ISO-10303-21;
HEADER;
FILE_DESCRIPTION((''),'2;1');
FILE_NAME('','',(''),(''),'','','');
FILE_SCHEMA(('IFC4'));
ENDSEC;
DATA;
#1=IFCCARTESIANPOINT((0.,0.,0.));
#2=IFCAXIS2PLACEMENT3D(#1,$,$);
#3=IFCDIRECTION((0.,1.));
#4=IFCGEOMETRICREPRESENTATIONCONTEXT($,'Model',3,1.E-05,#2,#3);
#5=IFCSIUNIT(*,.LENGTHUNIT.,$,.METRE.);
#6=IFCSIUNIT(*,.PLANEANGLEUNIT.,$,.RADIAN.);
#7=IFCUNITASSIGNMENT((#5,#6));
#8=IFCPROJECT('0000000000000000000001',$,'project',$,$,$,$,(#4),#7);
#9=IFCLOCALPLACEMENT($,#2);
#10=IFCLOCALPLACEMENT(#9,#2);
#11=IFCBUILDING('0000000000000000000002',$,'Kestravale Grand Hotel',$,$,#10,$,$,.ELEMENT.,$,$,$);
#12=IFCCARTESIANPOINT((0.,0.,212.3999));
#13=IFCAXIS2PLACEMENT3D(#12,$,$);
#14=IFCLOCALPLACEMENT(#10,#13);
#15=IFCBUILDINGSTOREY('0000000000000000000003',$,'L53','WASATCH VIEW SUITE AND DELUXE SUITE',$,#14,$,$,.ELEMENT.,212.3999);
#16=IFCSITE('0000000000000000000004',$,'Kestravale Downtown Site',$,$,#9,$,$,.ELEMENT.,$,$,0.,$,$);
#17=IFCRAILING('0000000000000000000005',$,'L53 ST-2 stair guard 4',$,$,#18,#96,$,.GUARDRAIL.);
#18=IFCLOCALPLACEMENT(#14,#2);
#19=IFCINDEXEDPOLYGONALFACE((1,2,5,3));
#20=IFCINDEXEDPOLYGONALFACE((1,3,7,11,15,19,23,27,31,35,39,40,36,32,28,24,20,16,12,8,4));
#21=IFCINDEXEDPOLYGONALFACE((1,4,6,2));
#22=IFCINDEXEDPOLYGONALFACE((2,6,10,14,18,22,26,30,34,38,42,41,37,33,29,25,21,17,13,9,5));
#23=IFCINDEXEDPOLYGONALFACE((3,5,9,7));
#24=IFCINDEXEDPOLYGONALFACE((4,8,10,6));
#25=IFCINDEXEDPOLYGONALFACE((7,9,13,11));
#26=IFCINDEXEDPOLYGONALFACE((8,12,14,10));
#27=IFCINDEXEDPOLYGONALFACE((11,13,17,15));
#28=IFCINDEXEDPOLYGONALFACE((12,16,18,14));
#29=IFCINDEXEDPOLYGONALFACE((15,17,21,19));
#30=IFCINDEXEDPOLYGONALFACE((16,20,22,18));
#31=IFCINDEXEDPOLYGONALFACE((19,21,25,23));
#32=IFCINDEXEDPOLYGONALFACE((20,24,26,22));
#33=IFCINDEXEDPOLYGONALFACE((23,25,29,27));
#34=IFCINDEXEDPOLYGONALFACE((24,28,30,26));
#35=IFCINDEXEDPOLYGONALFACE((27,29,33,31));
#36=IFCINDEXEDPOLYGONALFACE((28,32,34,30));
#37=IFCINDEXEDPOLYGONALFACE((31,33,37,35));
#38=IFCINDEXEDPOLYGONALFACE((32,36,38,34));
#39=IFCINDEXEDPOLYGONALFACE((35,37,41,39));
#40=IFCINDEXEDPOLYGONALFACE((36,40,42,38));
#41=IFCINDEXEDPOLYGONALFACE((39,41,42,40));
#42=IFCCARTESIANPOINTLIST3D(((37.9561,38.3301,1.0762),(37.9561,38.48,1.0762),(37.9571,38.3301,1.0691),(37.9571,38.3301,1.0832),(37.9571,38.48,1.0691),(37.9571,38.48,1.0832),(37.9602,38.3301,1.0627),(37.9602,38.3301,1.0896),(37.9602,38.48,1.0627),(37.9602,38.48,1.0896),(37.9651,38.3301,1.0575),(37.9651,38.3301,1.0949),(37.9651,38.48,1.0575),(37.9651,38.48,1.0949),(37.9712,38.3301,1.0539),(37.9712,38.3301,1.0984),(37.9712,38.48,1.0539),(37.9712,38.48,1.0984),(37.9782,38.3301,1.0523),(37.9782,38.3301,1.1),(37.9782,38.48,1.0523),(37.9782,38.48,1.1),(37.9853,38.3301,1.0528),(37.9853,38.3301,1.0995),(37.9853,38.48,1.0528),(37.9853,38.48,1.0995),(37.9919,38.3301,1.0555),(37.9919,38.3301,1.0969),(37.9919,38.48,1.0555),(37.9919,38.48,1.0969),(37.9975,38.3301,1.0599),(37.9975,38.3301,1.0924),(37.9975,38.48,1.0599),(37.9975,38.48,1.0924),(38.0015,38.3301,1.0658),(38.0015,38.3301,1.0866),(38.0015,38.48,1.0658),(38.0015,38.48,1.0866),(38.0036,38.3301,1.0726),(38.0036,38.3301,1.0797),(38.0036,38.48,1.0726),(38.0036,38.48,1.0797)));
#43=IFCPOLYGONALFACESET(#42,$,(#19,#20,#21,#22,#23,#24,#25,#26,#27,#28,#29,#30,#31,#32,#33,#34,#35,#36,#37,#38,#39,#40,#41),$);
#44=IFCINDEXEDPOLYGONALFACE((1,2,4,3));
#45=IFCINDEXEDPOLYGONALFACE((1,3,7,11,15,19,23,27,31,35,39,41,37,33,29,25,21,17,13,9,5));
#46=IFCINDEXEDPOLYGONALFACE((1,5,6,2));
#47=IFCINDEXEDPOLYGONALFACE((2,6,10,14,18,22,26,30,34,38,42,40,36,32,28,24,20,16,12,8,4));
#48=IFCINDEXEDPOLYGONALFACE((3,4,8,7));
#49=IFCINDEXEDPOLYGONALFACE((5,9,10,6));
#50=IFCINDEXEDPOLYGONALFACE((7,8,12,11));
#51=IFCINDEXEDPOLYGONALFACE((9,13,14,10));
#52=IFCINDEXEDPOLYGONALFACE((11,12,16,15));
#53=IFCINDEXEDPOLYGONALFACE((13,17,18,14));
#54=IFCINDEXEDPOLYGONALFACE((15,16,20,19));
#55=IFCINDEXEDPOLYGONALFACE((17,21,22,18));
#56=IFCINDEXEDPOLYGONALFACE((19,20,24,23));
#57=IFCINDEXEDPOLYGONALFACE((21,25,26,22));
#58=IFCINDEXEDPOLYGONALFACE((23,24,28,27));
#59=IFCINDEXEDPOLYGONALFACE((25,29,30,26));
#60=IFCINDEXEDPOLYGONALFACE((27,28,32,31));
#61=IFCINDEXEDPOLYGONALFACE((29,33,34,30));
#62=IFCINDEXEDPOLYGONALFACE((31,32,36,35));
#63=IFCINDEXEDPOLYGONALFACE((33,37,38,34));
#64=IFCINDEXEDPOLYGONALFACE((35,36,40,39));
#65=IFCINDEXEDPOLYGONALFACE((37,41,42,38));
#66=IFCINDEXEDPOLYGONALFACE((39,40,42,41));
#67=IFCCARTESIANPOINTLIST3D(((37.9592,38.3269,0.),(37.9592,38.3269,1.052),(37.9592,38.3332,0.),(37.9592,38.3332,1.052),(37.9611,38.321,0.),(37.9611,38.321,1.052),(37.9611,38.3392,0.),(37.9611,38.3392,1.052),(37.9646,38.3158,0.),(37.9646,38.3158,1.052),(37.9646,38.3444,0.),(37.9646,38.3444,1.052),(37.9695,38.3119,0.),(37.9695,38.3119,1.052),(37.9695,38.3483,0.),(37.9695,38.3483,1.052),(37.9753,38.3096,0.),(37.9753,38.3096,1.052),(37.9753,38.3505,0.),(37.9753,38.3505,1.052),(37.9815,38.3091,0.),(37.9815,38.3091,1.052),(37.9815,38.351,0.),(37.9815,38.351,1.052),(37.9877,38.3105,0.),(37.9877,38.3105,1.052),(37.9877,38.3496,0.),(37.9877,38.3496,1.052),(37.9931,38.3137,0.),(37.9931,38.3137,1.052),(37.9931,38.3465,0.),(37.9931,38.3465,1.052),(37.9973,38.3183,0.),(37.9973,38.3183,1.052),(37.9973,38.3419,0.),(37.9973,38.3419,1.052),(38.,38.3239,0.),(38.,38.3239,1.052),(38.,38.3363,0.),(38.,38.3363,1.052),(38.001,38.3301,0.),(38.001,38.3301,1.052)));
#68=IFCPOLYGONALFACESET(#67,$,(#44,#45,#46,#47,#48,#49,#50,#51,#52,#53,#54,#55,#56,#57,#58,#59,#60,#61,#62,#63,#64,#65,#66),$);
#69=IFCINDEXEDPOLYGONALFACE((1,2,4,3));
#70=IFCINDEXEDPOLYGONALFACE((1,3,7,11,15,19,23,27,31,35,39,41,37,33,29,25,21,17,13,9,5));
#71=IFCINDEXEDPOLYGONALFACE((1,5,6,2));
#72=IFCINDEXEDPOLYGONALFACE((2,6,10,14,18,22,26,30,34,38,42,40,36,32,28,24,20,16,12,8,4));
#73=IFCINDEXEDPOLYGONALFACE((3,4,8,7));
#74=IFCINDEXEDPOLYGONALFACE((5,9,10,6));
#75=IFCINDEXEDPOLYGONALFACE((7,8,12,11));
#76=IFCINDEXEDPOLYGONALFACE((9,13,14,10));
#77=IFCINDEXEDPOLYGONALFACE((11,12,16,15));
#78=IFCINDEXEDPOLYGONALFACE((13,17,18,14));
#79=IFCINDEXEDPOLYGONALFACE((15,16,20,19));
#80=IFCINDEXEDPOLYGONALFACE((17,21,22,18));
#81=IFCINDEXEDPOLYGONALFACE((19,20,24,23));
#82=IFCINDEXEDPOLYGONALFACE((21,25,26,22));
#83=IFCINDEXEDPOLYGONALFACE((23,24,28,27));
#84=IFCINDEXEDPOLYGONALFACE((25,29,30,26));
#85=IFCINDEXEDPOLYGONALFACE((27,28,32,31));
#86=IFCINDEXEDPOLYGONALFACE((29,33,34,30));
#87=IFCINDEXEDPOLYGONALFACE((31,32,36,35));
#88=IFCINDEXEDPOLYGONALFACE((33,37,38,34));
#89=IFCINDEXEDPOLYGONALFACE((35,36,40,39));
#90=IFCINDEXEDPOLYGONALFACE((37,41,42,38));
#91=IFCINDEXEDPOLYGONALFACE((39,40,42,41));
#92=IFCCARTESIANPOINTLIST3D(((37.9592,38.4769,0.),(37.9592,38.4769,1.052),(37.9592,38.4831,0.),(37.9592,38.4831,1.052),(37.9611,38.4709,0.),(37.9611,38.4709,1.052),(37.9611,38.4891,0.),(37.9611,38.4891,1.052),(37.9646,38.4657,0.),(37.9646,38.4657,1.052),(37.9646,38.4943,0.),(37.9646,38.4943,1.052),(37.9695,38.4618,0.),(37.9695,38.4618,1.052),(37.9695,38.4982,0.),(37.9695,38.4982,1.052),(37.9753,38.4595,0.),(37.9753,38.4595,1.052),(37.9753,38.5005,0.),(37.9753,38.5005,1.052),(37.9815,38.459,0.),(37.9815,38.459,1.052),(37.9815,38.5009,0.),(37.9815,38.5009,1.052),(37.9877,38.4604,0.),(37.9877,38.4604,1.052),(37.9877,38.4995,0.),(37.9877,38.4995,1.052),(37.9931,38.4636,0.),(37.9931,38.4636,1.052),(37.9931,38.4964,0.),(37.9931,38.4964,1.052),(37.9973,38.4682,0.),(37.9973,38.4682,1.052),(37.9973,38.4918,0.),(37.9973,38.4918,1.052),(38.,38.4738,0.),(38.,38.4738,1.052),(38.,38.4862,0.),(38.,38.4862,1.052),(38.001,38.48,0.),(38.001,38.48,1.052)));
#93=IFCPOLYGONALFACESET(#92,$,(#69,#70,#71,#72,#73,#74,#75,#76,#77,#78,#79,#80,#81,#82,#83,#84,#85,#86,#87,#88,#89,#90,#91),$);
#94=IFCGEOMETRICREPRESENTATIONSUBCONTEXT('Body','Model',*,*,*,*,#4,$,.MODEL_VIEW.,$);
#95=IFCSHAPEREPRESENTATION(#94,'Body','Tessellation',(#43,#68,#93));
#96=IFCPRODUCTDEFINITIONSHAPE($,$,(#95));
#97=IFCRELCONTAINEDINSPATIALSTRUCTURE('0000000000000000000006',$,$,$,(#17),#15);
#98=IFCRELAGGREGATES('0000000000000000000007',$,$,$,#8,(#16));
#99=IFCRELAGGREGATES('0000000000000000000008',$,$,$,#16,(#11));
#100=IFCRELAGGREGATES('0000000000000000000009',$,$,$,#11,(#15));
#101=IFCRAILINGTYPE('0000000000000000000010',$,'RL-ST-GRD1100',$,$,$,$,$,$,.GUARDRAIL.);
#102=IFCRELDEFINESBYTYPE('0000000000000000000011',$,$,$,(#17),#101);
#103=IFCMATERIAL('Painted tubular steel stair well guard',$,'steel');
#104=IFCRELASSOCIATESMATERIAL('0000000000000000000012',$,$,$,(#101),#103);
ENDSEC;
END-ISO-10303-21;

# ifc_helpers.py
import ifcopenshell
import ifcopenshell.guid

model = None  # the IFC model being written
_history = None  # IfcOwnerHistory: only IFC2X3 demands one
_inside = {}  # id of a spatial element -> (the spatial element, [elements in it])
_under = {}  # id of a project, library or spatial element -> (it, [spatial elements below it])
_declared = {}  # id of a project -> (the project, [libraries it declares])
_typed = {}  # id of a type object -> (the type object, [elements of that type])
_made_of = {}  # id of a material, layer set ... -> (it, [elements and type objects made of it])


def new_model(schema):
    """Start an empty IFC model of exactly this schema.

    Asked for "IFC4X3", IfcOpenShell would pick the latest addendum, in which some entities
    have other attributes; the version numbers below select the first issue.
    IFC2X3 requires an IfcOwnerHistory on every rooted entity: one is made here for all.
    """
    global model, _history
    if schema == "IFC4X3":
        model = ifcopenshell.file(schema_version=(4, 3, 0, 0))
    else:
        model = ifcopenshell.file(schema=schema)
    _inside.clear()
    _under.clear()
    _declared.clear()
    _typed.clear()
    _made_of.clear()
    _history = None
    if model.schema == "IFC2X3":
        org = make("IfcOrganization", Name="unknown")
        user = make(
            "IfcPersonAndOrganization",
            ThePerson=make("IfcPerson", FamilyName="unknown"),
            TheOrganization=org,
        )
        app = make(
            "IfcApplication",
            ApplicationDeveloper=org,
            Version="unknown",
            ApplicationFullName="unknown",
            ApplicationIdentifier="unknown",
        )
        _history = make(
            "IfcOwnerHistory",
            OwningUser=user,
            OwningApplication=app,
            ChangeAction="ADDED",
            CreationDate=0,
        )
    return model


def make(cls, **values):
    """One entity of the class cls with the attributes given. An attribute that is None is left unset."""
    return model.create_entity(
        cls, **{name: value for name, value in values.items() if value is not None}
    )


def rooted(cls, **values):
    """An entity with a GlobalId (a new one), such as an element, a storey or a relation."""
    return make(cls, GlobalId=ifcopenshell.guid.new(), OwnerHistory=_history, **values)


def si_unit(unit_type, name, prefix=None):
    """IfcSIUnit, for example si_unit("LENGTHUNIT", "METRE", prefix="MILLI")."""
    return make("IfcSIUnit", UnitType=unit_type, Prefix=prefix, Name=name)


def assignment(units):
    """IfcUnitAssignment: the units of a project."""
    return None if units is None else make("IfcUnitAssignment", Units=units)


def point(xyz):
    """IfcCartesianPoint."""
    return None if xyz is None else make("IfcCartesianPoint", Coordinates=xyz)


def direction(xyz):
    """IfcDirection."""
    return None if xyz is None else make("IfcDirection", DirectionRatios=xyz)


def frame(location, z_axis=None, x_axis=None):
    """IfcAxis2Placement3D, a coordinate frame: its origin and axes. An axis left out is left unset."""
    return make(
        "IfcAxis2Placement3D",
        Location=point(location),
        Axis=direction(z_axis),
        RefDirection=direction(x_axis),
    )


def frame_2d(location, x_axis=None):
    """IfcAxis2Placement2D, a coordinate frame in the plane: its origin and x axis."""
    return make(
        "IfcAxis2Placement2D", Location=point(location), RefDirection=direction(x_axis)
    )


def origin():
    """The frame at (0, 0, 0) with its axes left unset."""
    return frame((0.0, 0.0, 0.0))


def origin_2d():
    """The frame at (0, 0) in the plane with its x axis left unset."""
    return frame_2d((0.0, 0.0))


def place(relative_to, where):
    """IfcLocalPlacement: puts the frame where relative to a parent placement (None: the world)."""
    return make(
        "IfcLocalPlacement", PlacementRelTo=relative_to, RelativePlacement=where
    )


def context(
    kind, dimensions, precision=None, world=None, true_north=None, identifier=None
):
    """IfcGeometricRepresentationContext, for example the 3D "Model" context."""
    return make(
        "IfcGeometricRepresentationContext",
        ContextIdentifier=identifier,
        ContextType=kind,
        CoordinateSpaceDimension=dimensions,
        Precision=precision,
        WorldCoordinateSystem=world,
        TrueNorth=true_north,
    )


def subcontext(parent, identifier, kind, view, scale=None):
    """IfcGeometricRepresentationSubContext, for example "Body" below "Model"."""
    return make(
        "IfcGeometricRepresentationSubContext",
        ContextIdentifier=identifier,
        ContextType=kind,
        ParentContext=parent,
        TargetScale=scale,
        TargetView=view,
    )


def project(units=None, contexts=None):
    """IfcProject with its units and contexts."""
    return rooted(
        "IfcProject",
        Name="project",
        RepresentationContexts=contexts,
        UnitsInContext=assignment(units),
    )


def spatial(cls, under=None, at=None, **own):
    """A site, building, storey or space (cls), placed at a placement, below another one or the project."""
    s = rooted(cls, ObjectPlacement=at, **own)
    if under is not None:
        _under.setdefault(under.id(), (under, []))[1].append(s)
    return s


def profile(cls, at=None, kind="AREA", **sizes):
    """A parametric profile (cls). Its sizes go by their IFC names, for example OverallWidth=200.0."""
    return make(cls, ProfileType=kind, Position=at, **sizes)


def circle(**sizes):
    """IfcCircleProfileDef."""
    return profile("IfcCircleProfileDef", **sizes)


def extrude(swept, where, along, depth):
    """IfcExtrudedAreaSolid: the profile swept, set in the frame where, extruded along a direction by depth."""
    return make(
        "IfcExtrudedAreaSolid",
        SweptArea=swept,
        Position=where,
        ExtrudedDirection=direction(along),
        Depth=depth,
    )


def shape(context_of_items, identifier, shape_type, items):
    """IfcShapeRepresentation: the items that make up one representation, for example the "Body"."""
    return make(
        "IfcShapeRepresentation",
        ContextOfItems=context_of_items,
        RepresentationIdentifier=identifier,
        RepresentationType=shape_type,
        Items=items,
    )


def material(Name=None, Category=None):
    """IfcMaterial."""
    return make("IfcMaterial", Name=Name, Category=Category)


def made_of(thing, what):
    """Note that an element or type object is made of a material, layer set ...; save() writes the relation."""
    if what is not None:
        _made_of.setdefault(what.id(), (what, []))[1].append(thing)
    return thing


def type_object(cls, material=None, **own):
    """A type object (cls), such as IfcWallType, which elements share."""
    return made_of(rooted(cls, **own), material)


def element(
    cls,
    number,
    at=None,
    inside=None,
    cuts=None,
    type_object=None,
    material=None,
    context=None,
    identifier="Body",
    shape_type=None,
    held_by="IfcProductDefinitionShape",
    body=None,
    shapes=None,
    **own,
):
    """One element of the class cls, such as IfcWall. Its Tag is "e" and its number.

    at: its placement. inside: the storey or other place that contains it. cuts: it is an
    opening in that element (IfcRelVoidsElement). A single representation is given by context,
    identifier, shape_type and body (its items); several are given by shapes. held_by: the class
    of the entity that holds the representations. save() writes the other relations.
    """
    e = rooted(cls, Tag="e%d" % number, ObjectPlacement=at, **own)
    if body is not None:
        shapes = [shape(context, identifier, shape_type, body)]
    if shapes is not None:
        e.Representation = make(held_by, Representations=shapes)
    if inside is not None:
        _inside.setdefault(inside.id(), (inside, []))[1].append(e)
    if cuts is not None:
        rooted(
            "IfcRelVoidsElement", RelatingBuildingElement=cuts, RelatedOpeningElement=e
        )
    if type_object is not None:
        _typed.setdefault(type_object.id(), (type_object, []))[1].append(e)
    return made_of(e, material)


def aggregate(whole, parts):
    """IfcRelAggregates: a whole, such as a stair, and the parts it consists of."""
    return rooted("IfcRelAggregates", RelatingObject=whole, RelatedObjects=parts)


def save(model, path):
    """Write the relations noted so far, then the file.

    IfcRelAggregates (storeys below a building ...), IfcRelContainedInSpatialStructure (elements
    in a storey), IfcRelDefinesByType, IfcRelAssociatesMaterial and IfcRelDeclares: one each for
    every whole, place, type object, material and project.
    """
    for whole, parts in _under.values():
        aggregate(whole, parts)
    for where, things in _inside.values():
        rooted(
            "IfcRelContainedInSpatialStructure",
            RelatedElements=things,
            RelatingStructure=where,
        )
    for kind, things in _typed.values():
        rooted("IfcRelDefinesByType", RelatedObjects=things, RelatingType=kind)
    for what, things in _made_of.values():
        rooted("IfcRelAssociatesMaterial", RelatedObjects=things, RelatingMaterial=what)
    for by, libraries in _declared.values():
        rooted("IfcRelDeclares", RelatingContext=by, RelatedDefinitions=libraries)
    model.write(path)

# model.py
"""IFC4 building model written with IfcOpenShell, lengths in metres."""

from ifc_helpers import new_model, si_unit, direction, frame, origin, origin_2d, place, context, subcontext, project, spatial, circle, extrude, material, type_object, element, save


model = new_model("IFC4")

# Units and contexts
model_context = context("Model", 3, precision=1e-05, world=origin(), true_north=direction((0.0, 1.0)))
body_context = subcontext(model_context, "Body", "Model", "MODEL_VIEW")
ifc_project = project(units=[si_unit("LENGTHUNIT", "METRE"), si_unit("PLANEANGLEUNIT", "RADIAN")], contexts=[model_context])

# Site, building, storey
site_placement = place(None, origin())
site = spatial("IfcSite", under=ifc_project, at=site_placement, Name="Kestravale Downtown Site", CompositionType="ELEMENT", RefElevation=0.0)
building_placement = place(site_placement, origin())
building = spatial("IfcBuilding", under=site, at=building_placement, Name="Kestravale Grand Hotel", CompositionType="ELEMENT")
storey_placement = place(building_placement, frame((0.0, 0.0, 212.3999)))
storey = spatial("IfcBuildingStorey", under=building, at=storey_placement, Name="L53", Description="WASATCH VIEW SUITE AND DELUXE SUITE", CompositionType="ELEMENT", Elevation=212.3999)

# Railing
ifc_material_1 = material(Name="Painted tubular steel stair well guard", Category="steel")
railing_type_1 = type_object("IfcRailingType", Name="RL-ST-GRD1100", PredefinedType="GUARDRAIL", material=ifc_material_1)
railing_1_placement = place(storey_placement, frame((37.98, 38.3301, 0.0)))
element("IfcRailing", 1, at=railing_1_placement, inside=storey, type_object=railing_type_1, Name="L53 ST-2 stair guard 4", PredefinedType="GUARDRAIL", context=body_context, shape_type="SweptSolid", body=[
    extrude(circle(Radius=0.0239, at=origin_2d()), frame((0.0, 0.0, 1.0762), z_axis=(0.0, 1.0, 0.0), x_axis=(-1.0, 0.0, 0.0)), (0.0, 0.0, 1.0), 0.1499),
    extrude(circle(Radius=0.021, at=origin_2d()), origin(), (0.0, 0.0, 1.0), 1.052),
    extrude(circle(Radius=0.021, at=origin_2d()), frame((0.0, 0.1499, 0.0)), (0.0, 0.0, 1.0), 1.052),
])

save(model, "model.ifc")
